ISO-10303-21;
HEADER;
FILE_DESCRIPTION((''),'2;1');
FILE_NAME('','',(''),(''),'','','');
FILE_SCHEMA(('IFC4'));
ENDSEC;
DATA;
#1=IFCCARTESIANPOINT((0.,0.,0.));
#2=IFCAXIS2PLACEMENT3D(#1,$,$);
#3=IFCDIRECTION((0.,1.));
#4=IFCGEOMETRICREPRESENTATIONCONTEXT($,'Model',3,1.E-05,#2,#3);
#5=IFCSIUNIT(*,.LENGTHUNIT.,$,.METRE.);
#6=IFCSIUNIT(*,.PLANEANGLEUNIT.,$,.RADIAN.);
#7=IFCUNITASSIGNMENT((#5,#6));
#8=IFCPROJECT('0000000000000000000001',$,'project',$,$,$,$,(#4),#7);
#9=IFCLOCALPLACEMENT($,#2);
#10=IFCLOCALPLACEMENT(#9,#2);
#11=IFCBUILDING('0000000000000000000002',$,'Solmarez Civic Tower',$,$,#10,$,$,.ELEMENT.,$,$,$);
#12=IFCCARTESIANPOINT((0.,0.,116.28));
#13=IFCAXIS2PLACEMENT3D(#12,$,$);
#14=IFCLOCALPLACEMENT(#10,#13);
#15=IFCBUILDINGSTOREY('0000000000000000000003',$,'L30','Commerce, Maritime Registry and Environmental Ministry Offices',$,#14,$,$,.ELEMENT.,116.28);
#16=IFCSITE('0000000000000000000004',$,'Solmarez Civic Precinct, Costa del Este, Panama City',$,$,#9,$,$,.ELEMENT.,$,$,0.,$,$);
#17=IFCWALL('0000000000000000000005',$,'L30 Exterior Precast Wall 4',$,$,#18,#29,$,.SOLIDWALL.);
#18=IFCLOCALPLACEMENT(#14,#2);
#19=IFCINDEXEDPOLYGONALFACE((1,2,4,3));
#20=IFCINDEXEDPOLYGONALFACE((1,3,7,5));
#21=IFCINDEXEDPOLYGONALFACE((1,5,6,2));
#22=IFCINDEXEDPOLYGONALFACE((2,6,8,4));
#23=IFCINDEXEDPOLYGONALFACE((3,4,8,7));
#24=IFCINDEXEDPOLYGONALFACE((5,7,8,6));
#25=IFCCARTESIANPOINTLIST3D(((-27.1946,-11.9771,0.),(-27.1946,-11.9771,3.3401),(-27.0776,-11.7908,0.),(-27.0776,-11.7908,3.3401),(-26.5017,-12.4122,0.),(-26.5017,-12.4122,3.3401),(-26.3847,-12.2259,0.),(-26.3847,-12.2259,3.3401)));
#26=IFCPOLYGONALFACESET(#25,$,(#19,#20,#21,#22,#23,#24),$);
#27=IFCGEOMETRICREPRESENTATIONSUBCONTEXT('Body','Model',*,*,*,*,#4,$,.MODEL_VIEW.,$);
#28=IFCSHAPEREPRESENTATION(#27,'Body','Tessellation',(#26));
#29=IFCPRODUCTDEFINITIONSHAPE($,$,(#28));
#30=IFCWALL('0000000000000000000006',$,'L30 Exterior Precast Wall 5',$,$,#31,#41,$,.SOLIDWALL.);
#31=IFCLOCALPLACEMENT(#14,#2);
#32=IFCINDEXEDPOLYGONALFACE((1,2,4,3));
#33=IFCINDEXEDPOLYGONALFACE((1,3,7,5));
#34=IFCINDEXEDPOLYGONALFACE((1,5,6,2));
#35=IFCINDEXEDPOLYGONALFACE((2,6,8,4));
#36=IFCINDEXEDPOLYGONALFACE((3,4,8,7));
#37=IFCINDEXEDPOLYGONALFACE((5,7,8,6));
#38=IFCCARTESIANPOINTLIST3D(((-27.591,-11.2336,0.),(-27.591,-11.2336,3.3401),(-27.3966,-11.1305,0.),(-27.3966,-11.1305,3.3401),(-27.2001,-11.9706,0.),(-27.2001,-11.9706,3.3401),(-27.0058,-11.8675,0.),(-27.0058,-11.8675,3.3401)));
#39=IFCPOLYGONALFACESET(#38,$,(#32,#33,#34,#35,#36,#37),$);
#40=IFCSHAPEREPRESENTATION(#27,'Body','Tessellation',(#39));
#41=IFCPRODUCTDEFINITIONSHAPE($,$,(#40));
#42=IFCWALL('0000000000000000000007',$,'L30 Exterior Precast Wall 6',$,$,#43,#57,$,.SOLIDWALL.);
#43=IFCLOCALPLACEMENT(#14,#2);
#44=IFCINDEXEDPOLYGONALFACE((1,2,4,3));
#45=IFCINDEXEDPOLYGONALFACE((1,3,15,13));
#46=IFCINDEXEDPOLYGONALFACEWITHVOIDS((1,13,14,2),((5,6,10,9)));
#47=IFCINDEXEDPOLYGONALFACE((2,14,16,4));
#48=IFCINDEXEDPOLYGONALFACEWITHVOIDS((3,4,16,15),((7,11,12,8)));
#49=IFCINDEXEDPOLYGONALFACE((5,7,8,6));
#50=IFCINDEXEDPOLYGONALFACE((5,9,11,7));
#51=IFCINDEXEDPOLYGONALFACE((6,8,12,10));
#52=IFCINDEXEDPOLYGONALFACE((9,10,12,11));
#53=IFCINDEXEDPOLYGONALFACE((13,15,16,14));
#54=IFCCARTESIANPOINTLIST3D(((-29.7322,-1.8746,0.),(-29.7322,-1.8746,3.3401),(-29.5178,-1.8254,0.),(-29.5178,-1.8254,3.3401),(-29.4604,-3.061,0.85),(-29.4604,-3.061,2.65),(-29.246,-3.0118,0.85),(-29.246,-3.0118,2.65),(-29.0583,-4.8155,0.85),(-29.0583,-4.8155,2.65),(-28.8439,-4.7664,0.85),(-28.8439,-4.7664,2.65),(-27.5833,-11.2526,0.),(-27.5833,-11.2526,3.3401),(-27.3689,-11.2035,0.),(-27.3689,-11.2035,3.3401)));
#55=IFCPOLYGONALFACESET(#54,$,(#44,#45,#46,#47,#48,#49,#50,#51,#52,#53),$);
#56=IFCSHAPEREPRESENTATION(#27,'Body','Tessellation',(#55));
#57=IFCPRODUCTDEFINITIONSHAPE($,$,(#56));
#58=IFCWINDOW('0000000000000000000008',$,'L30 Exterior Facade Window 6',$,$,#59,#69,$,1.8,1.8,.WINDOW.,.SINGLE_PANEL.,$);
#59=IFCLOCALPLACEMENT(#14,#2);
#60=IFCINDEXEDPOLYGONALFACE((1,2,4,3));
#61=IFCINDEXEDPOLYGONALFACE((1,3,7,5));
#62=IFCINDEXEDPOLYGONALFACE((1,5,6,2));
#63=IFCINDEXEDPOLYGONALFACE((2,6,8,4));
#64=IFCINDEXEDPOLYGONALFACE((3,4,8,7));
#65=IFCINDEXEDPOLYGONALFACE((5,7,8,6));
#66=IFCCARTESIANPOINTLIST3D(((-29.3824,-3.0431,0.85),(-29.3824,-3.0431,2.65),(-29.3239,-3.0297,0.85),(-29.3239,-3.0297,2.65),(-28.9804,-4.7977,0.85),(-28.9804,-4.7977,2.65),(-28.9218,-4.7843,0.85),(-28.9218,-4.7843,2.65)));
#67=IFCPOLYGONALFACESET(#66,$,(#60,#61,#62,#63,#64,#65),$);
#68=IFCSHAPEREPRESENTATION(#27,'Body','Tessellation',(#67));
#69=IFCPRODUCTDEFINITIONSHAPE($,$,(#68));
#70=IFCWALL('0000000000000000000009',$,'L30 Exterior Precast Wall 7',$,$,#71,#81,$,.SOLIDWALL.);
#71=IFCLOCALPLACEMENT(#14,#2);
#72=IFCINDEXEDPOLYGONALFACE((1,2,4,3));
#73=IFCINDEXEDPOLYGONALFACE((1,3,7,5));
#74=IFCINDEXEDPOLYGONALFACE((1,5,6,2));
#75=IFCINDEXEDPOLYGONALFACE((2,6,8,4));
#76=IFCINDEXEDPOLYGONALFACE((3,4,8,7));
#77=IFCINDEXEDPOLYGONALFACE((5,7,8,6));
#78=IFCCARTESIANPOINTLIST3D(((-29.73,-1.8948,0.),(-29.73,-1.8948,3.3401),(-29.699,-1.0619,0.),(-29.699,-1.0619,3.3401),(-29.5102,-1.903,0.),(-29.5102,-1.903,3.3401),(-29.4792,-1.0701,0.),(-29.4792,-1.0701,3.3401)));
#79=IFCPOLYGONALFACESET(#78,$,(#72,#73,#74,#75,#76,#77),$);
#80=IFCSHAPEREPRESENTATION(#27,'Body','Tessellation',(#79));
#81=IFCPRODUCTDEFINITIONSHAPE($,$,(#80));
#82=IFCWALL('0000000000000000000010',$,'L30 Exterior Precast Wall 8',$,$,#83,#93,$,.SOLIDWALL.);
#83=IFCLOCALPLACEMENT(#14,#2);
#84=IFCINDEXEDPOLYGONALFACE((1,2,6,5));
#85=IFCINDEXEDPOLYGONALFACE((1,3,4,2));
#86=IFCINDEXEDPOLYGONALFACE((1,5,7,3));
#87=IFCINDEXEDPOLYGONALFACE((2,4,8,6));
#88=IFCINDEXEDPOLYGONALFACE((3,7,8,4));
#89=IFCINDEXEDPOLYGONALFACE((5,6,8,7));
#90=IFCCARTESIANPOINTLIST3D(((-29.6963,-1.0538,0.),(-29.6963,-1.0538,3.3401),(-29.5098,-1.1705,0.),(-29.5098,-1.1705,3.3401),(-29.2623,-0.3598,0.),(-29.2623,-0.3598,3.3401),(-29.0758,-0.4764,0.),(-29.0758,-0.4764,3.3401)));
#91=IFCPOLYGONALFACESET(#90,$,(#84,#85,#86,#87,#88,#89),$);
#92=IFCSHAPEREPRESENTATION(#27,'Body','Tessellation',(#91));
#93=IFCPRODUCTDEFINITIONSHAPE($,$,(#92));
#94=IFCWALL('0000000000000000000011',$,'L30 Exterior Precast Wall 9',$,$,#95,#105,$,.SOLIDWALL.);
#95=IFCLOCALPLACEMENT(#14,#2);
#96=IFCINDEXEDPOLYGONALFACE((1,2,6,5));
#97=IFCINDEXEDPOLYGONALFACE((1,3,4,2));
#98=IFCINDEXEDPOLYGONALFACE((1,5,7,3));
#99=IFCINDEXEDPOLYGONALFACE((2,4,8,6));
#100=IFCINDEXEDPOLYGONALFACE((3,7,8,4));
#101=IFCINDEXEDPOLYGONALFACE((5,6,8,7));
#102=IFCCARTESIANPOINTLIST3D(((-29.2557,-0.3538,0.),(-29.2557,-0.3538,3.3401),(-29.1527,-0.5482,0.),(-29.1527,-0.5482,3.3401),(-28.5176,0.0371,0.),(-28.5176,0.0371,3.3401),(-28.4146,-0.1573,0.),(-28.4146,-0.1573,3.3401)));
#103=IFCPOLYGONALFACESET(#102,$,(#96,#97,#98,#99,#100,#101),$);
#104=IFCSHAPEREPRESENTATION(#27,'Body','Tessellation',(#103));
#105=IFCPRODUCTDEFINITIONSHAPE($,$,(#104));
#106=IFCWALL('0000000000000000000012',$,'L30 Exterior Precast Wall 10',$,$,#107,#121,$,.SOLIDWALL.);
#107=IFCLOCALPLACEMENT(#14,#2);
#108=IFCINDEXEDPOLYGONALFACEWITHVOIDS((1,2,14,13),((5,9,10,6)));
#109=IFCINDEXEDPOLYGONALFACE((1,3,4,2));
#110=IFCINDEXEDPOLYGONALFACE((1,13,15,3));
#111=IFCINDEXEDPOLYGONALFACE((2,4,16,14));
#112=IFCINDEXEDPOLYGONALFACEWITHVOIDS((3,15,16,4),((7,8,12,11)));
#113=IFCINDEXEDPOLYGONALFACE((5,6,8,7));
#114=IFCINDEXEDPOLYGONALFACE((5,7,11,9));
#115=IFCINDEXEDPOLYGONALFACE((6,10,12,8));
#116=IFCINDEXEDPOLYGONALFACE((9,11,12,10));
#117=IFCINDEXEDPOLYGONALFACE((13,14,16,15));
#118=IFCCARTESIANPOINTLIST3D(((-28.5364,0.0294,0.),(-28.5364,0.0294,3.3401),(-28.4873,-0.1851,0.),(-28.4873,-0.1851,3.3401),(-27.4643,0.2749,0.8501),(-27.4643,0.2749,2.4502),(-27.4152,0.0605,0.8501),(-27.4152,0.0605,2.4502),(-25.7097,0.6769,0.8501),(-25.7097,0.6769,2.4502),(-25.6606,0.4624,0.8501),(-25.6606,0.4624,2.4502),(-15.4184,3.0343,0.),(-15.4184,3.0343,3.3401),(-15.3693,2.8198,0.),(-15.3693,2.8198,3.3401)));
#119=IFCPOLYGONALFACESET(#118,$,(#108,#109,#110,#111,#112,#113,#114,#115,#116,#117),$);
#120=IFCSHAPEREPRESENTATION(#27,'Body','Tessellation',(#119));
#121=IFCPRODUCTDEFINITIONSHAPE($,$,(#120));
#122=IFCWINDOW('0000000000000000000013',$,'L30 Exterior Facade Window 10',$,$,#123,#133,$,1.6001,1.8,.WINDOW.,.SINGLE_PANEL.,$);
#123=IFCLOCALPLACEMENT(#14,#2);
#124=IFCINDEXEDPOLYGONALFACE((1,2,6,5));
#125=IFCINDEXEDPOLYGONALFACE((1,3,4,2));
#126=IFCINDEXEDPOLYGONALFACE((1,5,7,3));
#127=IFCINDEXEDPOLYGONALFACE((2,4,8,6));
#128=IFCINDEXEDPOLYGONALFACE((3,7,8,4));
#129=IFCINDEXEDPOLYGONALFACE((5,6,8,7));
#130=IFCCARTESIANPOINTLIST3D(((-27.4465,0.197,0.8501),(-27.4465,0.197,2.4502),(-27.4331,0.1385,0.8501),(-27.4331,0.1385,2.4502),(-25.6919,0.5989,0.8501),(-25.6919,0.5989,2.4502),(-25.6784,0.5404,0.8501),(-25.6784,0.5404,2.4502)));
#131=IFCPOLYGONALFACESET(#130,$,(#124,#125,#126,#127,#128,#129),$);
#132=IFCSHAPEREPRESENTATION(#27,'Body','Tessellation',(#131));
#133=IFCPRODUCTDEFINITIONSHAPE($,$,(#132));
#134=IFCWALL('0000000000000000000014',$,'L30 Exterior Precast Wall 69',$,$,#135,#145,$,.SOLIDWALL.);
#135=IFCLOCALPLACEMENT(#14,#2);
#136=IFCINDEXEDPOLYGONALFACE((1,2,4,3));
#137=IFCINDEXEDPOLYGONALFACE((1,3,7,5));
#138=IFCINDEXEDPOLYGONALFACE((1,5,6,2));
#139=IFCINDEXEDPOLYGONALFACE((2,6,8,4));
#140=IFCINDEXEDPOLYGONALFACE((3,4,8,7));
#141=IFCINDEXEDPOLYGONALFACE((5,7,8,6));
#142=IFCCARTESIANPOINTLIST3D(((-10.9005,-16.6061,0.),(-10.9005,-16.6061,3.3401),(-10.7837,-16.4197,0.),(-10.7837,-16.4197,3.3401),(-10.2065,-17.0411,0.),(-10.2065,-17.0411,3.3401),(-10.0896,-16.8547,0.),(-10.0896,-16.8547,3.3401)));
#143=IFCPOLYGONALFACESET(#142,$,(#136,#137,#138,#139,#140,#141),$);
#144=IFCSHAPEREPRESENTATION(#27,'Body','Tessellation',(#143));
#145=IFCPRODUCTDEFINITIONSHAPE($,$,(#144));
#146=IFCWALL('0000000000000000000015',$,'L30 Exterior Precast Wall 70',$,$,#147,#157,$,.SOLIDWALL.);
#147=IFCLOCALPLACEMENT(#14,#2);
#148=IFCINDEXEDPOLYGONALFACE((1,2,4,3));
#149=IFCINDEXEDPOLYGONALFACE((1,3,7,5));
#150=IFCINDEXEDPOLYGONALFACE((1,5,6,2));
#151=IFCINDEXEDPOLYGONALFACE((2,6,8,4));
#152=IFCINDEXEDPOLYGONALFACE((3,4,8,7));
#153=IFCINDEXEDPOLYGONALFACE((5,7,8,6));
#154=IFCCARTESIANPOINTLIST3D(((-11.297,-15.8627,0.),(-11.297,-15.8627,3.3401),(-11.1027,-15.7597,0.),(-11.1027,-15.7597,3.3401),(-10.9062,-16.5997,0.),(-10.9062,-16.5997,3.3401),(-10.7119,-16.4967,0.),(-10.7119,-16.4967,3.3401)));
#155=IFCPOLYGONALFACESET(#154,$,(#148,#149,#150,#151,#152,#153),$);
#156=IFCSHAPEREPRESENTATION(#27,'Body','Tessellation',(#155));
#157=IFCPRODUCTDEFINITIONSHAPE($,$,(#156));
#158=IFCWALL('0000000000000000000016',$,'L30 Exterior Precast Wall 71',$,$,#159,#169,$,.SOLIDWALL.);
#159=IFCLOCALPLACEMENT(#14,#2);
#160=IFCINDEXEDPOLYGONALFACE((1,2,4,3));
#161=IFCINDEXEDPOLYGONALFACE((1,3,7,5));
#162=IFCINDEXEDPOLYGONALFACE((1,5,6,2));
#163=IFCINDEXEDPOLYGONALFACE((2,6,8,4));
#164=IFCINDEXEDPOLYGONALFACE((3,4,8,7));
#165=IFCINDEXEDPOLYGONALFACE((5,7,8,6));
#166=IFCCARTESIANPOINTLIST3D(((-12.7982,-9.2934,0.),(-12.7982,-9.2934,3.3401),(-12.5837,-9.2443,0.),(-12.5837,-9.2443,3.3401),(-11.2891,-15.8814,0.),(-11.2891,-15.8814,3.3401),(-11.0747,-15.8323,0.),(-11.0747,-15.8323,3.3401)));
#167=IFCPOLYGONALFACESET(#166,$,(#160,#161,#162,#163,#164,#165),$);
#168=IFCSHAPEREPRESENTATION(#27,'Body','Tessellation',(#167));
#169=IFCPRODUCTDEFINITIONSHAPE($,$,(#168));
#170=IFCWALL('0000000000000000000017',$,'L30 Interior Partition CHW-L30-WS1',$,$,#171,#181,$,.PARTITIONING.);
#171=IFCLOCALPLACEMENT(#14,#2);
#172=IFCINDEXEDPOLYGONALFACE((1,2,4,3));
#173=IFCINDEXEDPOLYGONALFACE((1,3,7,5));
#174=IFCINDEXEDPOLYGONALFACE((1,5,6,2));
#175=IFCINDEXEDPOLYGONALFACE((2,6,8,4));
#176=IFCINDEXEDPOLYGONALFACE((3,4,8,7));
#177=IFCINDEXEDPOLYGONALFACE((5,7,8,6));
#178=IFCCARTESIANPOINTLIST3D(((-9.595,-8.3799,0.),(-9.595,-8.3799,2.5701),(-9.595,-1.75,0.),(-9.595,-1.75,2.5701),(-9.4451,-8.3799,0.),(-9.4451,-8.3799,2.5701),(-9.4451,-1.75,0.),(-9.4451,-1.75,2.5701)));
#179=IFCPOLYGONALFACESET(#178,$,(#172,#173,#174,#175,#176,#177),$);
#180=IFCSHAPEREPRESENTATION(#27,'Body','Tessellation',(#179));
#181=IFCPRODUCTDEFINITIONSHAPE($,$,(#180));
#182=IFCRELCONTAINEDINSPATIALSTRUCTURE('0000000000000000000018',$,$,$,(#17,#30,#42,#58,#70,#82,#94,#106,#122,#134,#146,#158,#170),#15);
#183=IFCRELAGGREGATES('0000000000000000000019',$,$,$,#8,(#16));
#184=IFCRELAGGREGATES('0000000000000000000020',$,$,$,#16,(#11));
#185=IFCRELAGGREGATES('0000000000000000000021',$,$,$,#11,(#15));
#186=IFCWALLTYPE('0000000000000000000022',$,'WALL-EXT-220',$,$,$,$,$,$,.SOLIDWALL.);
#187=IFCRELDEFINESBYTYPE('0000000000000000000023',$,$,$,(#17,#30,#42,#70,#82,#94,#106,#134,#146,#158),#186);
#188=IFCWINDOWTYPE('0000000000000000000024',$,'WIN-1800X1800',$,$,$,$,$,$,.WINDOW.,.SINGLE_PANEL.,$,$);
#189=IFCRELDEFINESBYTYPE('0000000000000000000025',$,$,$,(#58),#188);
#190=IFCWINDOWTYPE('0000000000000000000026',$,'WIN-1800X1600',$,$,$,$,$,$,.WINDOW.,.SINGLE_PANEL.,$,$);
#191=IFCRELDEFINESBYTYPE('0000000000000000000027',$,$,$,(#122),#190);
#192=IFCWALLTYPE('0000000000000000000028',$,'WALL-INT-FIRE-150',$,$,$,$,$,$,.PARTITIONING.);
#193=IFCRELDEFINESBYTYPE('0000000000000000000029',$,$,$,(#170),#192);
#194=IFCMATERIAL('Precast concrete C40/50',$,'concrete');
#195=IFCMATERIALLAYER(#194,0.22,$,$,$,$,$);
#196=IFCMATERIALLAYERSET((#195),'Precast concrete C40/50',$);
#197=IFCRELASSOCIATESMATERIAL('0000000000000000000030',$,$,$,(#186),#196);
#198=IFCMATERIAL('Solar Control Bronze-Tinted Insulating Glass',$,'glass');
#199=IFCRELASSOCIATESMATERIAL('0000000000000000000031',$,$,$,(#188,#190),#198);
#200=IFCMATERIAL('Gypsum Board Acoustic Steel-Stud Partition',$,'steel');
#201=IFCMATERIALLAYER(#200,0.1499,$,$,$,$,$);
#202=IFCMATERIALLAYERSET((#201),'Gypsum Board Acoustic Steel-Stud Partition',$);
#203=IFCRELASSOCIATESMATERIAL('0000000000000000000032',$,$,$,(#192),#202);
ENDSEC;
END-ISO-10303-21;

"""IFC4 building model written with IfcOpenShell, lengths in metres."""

from ifc_helpers import new_model, si_unit, direction, frame, frame_2d, origin, place, context, subcontext, project, spatial, rectangle, extrude, material, layer, layer_set, type_object, element, fill, save


model = new_model("IFC4")

# Units and contexts
model_context = context("Model", 3, precision=1e-05, world=origin(), true_north=direction((0.0, 1.0)))
body_context = subcontext(model_context, "Body", "Model", "MODEL_VIEW")
ifc_project = project(units=[si_unit("LENGTHUNIT", "METRE"), si_unit("PLANEANGLEUNIT", "RADIAN")], contexts=[model_context])

# Site, building, storey
site_placement = place(None, origin())
site = spatial("IfcSite", under=ifc_project, at=site_placement, Name="Solmarez Civic Precinct, Costa del Este, Panama City", CompositionType="ELEMENT", RefElevation=0.0)
building_placement = place(site_placement, origin())
building = spatial("IfcBuilding", under=site, at=building_placement, Name="Solmarez Civic Tower", CompositionType="ELEMENT")
storey_placement = place(building_placement, frame((0.0, 0.0, 116.28)))
storey = spatial("IfcBuildingStorey", under=building, at=storey_placement, Name="L30", Description="Commerce, Maritime Registry and Environmental Ministry Offices", CompositionType="ELEMENT", Elevation=116.28)

# Shared definitions
ifc_material_1 = material(Name="Precast concrete C40/50", Category="concrete")
ifc_layer_1 = layer(ifc_material_1, 0.22)
ifc_layer_set_1 = layer_set([ifc_layer_1], Name="Precast concrete C40/50")
wall_type_1 = type_object("IfcWallType", Name="WALL-EXT-220", PredefinedType="SOLIDWALL", material=ifc_layer_set_1)
ifc_material_2 = material(Name="Solar Control Bronze-Tinted Insulating Glass", Category="glass")

# Walls
wall_1_placement = place(storey_placement, frame((-26.4431, -12.3191, 0.0), z_axis=(0.0, 0.0, 1.0), x_axis=(-0.84689, 0.531768, 0.0)))
element("IfcWall", 1, at=wall_1_placement, inside=storey, type_object=wall_type_1, Name="L30 Exterior Precast Wall 4", PredefinedType="SOLIDWALL", context=body_context, shape_type="SweptSolid", body=[
    extrude(rectangle(XDim=0.8181, YDim=0.22, at=frame_2d((0.4092, 0.0))), origin(), (0.0, 0.0, 1.0), 3.3401),
])
wall_2_placement = place(storey_placement, frame((-27.103, -11.9189, 0.0), z_axis=(0.0, 0.0, 1.0), x_axis=(-0.468506, 0.88346, 0.0)))
element("IfcWall", 2, at=wall_2_placement, inside=storey, type_object=wall_type_1, Name="L30 Exterior Precast Wall 5", PredefinedType="SOLIDWALL", context=body_context, shape_type="SweptSolid", body=[
    extrude(rectangle(XDim=0.8342, YDim=0.22, at=frame_2d((0.417, 0.0))), origin(), (0.0, 0.0, 1.0), 3.3401),
])

# Wall, opening, window
wall_3_placement = place(storey_placement, frame((-27.4761, -11.228, 0.0), z_axis=(0.0, 0.0, 1.0), x_axis=(-0.223358, 0.974736, 0.0)))
wall_3 = element("IfcWall", 3, at=wall_3_placement, inside=storey, type_object=wall_type_1, Name="L30 Exterior Precast Wall 6", PredefinedType="SOLIDWALL", context=body_context, shape_type="SweptSolid", body=[
    extrude(rectangle(XDim=9.6211, YDim=0.22, at=frame_2d((4.8105, 0.0))), origin(), (0.0, 0.0, 1.0), 3.3401),
])
opening_1_placement = place(wall_3_placement, frame((6.604, 0.0, 0.8501)))
opening_1 = element("IfcOpeningElement", 4, at=opening_1_placement, cuts=wall_3, PredefinedType="OPENING", context=body_context, shape_type="SweptSolid", body=[
    extrude(rectangle(XDim=1.8, YDim=1.8, at=frame_2d((0.8999, 0.8999))), frame((0.0, 0.1199, 0.0), z_axis=(0.0, -1.0, 0.0), x_axis=(1.0, 0.0, 0.0)), (0.0, 0.0, 1.0), 0.24),
])
window_type_1 = type_object("IfcWindowType", Name="WIN-1800X1800", PartitioningType="SINGLE_PANEL", PredefinedType="WINDOW", material=ifc_material_2)
window_1_placement = place(opening_1_placement, origin())
window_1 = element("IfcWindow", 5, at=window_1_placement, inside=storey, type_object=window_type_1, Name="L30 Exterior Facade Window 6", OverallHeight=1.8, OverallWidth=1.8, PartitioningType="SINGLE_PANEL", PredefinedType="WINDOW", context=body_context, shape_type="SweptSolid", body=[
    extrude(rectangle(XDim=1.8, YDim=1.8, at=frame_2d((0.8999, 0.8999))), frame((0.0, 0.03, 0.0), z_axis=(0.0, -1.0, 0.0), x_axis=(1.0, 0.0, 0.0)), (0.0, 0.0, 1.0), 0.0601),
])
fill(opening_1, window_1)

# Walls
wall_4_placement = place(storey_placement, frame((-29.6201, -1.8989, 0.0), z_axis=(0.0, 0.0, 1.0), x_axis=(0.037196, 0.999308, 0.0)))
element("IfcWall", 6, at=wall_4_placement, inside=storey, type_object=wall_type_1, Name="L30 Exterior Precast Wall 7", PredefinedType="SOLIDWALL", context=body_context, shape_type="SweptSolid", body=[
    extrude(rectangle(XDim=0.8335, YDim=0.22, at=frame_2d((0.4167, 0.0))), origin(), (0.0, 0.0, 1.0), 3.3401),
])
wall_5_placement = place(storey_placement, frame((-29.603, -1.1121, 0.0), z_axis=(0.0, 0.0, 1.0), x_axis=(0.53024, 0.847847, 0.0)))
element("IfcWall", 7, at=wall_5_placement, inside=storey, type_object=wall_type_1, Name="L30 Exterior Precast Wall 8", PredefinedType="SOLIDWALL", context=body_context, shape_type="SweptSolid", body=[
    extrude(rectangle(XDim=0.8186, YDim=0.22, at=frame_2d((0.4092, 0.0))), origin(), (0.0, 0.0, 1.0), 3.3401),
])
wall_6_placement = place(storey_placement, frame((-29.2041, -0.4509, 0.0), z_axis=(0.0, 0.0, 1.0), x_axis=(0.883717, 0.468022, 0.0)))
element("IfcWall", 8, at=wall_6_placement, inside=storey, type_object=wall_type_1, Name="L30 Exterior Precast Wall 9", PredefinedType="SOLIDWALL", context=body_context, shape_type="SweptSolid", body=[
    extrude(rectangle(XDim=0.8352, YDim=0.22, at=frame_2d((0.4175, 0.0))), origin(), (0.0, 0.0, 1.0), 3.3401),
])

# Wall, opening, window
wall_7_placement = place(storey_placement, frame((-28.512, -0.0779, 0.0), z_axis=(0.0, 0.0, 1.0), x_axis=(0.974753, 0.223284, 0.0)))
wall_7 = element("IfcWall", 9, at=wall_7_placement, inside=storey, type_object=wall_type_1, Name="L30 Exterior Precast Wall 10", PredefinedType="SOLIDWALL", context=body_context, shape_type="SweptSolid", body=[
    extrude(rectangle(XDim=13.4578, YDim=0.22, at=frame_2d((6.729, 0.0))), origin(), (0.0, 0.0, 1.0), 3.3401),
])
opening_2_placement = place(wall_7_placement, frame((1.1001, 0.0, 0.8501)))
opening_2 = element("IfcOpeningElement", 10, at=opening_2_placement, cuts=wall_7, PredefinedType="OPENING", context=body_context, shape_type="SweptSolid", body=[
    extrude(rectangle(XDim=1.8, YDim=1.6001, at=frame_2d((0.8999, 0.8))), frame((0.0, 0.1199, 0.0), z_axis=(0.0, -1.0, 0.0), x_axis=(1.0, 0.0, 0.0)), (0.0, 0.0, 1.0), 0.24),
])
window_type_2 = type_object("IfcWindowType", Name="WIN-1800X1600", PartitioningType="SINGLE_PANEL", PredefinedType="WINDOW", material=ifc_material_2)
window_2_placement = place(opening_2_placement, origin())
window_2 = element("IfcWindow", 11, at=window_2_placement, inside=storey, type_object=window_type_2, Name="L30 Exterior Facade Window 10", OverallHeight=1.6001, OverallWidth=1.8, PartitioningType="SINGLE_PANEL", PredefinedType="WINDOW", context=body_context, shape_type="SweptSolid", body=[
    extrude(rectangle(XDim=1.8, YDim=1.6001, at=frame_2d((0.8999, 0.8))), frame((0.0, 0.03, 0.0), z_axis=(0.0, -1.0, 0.0), x_axis=(1.0, 0.0, 0.0)), (0.0, 0.0, 1.0), 0.0601),
])
fill(opening_2, window_2)

# Walls
wall_8_placement = place(storey_placement, frame((-10.1479, -16.948, 0.0), z_axis=(0.0, 0.0, 1.0), x_axis=(-0.847311, 0.531097, 0.0)))
element("IfcWall", 12, at=wall_8_placement, inside=storey, type_object=wall_type_1, Name="L30 Exterior Precast Wall 69", PredefinedType="SOLIDWALL", context=body_context, shape_type="SweptSolid", body=[
    extrude(rectangle(XDim=0.8191, YDim=0.22, at=frame_2d((0.4097, 0.0))), origin(), (0.0, 0.0, 1.0), 3.3401),
])
wall_9_placement = place(storey_placement, frame((-10.8091, -16.5481, 0.0), z_axis=(0.0, 0.0, 1.0), x_axis=(-0.468506, 0.88346, 0.0)))
element("IfcWall", 13, at=wall_9_placement, inside=storey, type_object=wall_type_1, Name="L30 Exterior Precast Wall 70", PredefinedType="SOLIDWALL", context=body_context, shape_type="SweptSolid", body=[
    extrude(rectangle(XDim=0.8342, YDim=0.22, at=frame_2d((0.417, 0.0))), origin(), (0.0, 0.0, 1.0), 3.3401),
])
wall_10_placement = place(storey_placement, frame((-11.1819, -15.8569, 0.0), z_axis=(0.0, 0.0, 1.0), x_axis=(-0.223279, 0.974755, 0.0)))
element("IfcWall", 14, at=wall_10_placement, inside=storey, type_object=wall_type_1, Name="L30 Exterior Precast Wall 71", PredefinedType="SOLIDWALL", context=body_context, shape_type="SweptSolid", body=[
    extrude(rectangle(XDim=6.7585, YDim=0.22, at=frame_2d((3.3794, 0.0))), origin(), (0.0, 0.0, 1.0), 3.3401),
])
ifc_material_3 = material(Name="Gypsum Board Acoustic Steel-Stud Partition", Category="steel")
ifc_layer_2 = layer(ifc_material_3, 0.1499)
ifc_layer_set_2 = layer_set([ifc_layer_2], Name="Gypsum Board Acoustic Steel-Stud Partition")
wall_type_2 = type_object("IfcWallType", Name="WALL-INT-FIRE-150", PredefinedType="PARTITIONING", material=ifc_layer_set_2)
wall_11_placement = place(storey_placement, frame((-9.52, -8.3799, 0.0), z_axis=(0.0, 0.0, 1.0), x_axis=(0.0, 1.0, 0.0)))
element("IfcWall", 15, at=wall_11_placement, inside=storey, type_object=wall_type_2, Name="L30 Interior Partition CHW-L30-WS1", PredefinedType="PARTITIONING", context=body_context, shape_type="SweptSolid", body=[
    extrude(rectangle(XDim=6.6299, YDim=0.1499, at=frame_2d((3.3149, 0.0))), origin(), (0.0, 0.0, 1.0), 2.5701),
])

save(model, "model.ifc")
